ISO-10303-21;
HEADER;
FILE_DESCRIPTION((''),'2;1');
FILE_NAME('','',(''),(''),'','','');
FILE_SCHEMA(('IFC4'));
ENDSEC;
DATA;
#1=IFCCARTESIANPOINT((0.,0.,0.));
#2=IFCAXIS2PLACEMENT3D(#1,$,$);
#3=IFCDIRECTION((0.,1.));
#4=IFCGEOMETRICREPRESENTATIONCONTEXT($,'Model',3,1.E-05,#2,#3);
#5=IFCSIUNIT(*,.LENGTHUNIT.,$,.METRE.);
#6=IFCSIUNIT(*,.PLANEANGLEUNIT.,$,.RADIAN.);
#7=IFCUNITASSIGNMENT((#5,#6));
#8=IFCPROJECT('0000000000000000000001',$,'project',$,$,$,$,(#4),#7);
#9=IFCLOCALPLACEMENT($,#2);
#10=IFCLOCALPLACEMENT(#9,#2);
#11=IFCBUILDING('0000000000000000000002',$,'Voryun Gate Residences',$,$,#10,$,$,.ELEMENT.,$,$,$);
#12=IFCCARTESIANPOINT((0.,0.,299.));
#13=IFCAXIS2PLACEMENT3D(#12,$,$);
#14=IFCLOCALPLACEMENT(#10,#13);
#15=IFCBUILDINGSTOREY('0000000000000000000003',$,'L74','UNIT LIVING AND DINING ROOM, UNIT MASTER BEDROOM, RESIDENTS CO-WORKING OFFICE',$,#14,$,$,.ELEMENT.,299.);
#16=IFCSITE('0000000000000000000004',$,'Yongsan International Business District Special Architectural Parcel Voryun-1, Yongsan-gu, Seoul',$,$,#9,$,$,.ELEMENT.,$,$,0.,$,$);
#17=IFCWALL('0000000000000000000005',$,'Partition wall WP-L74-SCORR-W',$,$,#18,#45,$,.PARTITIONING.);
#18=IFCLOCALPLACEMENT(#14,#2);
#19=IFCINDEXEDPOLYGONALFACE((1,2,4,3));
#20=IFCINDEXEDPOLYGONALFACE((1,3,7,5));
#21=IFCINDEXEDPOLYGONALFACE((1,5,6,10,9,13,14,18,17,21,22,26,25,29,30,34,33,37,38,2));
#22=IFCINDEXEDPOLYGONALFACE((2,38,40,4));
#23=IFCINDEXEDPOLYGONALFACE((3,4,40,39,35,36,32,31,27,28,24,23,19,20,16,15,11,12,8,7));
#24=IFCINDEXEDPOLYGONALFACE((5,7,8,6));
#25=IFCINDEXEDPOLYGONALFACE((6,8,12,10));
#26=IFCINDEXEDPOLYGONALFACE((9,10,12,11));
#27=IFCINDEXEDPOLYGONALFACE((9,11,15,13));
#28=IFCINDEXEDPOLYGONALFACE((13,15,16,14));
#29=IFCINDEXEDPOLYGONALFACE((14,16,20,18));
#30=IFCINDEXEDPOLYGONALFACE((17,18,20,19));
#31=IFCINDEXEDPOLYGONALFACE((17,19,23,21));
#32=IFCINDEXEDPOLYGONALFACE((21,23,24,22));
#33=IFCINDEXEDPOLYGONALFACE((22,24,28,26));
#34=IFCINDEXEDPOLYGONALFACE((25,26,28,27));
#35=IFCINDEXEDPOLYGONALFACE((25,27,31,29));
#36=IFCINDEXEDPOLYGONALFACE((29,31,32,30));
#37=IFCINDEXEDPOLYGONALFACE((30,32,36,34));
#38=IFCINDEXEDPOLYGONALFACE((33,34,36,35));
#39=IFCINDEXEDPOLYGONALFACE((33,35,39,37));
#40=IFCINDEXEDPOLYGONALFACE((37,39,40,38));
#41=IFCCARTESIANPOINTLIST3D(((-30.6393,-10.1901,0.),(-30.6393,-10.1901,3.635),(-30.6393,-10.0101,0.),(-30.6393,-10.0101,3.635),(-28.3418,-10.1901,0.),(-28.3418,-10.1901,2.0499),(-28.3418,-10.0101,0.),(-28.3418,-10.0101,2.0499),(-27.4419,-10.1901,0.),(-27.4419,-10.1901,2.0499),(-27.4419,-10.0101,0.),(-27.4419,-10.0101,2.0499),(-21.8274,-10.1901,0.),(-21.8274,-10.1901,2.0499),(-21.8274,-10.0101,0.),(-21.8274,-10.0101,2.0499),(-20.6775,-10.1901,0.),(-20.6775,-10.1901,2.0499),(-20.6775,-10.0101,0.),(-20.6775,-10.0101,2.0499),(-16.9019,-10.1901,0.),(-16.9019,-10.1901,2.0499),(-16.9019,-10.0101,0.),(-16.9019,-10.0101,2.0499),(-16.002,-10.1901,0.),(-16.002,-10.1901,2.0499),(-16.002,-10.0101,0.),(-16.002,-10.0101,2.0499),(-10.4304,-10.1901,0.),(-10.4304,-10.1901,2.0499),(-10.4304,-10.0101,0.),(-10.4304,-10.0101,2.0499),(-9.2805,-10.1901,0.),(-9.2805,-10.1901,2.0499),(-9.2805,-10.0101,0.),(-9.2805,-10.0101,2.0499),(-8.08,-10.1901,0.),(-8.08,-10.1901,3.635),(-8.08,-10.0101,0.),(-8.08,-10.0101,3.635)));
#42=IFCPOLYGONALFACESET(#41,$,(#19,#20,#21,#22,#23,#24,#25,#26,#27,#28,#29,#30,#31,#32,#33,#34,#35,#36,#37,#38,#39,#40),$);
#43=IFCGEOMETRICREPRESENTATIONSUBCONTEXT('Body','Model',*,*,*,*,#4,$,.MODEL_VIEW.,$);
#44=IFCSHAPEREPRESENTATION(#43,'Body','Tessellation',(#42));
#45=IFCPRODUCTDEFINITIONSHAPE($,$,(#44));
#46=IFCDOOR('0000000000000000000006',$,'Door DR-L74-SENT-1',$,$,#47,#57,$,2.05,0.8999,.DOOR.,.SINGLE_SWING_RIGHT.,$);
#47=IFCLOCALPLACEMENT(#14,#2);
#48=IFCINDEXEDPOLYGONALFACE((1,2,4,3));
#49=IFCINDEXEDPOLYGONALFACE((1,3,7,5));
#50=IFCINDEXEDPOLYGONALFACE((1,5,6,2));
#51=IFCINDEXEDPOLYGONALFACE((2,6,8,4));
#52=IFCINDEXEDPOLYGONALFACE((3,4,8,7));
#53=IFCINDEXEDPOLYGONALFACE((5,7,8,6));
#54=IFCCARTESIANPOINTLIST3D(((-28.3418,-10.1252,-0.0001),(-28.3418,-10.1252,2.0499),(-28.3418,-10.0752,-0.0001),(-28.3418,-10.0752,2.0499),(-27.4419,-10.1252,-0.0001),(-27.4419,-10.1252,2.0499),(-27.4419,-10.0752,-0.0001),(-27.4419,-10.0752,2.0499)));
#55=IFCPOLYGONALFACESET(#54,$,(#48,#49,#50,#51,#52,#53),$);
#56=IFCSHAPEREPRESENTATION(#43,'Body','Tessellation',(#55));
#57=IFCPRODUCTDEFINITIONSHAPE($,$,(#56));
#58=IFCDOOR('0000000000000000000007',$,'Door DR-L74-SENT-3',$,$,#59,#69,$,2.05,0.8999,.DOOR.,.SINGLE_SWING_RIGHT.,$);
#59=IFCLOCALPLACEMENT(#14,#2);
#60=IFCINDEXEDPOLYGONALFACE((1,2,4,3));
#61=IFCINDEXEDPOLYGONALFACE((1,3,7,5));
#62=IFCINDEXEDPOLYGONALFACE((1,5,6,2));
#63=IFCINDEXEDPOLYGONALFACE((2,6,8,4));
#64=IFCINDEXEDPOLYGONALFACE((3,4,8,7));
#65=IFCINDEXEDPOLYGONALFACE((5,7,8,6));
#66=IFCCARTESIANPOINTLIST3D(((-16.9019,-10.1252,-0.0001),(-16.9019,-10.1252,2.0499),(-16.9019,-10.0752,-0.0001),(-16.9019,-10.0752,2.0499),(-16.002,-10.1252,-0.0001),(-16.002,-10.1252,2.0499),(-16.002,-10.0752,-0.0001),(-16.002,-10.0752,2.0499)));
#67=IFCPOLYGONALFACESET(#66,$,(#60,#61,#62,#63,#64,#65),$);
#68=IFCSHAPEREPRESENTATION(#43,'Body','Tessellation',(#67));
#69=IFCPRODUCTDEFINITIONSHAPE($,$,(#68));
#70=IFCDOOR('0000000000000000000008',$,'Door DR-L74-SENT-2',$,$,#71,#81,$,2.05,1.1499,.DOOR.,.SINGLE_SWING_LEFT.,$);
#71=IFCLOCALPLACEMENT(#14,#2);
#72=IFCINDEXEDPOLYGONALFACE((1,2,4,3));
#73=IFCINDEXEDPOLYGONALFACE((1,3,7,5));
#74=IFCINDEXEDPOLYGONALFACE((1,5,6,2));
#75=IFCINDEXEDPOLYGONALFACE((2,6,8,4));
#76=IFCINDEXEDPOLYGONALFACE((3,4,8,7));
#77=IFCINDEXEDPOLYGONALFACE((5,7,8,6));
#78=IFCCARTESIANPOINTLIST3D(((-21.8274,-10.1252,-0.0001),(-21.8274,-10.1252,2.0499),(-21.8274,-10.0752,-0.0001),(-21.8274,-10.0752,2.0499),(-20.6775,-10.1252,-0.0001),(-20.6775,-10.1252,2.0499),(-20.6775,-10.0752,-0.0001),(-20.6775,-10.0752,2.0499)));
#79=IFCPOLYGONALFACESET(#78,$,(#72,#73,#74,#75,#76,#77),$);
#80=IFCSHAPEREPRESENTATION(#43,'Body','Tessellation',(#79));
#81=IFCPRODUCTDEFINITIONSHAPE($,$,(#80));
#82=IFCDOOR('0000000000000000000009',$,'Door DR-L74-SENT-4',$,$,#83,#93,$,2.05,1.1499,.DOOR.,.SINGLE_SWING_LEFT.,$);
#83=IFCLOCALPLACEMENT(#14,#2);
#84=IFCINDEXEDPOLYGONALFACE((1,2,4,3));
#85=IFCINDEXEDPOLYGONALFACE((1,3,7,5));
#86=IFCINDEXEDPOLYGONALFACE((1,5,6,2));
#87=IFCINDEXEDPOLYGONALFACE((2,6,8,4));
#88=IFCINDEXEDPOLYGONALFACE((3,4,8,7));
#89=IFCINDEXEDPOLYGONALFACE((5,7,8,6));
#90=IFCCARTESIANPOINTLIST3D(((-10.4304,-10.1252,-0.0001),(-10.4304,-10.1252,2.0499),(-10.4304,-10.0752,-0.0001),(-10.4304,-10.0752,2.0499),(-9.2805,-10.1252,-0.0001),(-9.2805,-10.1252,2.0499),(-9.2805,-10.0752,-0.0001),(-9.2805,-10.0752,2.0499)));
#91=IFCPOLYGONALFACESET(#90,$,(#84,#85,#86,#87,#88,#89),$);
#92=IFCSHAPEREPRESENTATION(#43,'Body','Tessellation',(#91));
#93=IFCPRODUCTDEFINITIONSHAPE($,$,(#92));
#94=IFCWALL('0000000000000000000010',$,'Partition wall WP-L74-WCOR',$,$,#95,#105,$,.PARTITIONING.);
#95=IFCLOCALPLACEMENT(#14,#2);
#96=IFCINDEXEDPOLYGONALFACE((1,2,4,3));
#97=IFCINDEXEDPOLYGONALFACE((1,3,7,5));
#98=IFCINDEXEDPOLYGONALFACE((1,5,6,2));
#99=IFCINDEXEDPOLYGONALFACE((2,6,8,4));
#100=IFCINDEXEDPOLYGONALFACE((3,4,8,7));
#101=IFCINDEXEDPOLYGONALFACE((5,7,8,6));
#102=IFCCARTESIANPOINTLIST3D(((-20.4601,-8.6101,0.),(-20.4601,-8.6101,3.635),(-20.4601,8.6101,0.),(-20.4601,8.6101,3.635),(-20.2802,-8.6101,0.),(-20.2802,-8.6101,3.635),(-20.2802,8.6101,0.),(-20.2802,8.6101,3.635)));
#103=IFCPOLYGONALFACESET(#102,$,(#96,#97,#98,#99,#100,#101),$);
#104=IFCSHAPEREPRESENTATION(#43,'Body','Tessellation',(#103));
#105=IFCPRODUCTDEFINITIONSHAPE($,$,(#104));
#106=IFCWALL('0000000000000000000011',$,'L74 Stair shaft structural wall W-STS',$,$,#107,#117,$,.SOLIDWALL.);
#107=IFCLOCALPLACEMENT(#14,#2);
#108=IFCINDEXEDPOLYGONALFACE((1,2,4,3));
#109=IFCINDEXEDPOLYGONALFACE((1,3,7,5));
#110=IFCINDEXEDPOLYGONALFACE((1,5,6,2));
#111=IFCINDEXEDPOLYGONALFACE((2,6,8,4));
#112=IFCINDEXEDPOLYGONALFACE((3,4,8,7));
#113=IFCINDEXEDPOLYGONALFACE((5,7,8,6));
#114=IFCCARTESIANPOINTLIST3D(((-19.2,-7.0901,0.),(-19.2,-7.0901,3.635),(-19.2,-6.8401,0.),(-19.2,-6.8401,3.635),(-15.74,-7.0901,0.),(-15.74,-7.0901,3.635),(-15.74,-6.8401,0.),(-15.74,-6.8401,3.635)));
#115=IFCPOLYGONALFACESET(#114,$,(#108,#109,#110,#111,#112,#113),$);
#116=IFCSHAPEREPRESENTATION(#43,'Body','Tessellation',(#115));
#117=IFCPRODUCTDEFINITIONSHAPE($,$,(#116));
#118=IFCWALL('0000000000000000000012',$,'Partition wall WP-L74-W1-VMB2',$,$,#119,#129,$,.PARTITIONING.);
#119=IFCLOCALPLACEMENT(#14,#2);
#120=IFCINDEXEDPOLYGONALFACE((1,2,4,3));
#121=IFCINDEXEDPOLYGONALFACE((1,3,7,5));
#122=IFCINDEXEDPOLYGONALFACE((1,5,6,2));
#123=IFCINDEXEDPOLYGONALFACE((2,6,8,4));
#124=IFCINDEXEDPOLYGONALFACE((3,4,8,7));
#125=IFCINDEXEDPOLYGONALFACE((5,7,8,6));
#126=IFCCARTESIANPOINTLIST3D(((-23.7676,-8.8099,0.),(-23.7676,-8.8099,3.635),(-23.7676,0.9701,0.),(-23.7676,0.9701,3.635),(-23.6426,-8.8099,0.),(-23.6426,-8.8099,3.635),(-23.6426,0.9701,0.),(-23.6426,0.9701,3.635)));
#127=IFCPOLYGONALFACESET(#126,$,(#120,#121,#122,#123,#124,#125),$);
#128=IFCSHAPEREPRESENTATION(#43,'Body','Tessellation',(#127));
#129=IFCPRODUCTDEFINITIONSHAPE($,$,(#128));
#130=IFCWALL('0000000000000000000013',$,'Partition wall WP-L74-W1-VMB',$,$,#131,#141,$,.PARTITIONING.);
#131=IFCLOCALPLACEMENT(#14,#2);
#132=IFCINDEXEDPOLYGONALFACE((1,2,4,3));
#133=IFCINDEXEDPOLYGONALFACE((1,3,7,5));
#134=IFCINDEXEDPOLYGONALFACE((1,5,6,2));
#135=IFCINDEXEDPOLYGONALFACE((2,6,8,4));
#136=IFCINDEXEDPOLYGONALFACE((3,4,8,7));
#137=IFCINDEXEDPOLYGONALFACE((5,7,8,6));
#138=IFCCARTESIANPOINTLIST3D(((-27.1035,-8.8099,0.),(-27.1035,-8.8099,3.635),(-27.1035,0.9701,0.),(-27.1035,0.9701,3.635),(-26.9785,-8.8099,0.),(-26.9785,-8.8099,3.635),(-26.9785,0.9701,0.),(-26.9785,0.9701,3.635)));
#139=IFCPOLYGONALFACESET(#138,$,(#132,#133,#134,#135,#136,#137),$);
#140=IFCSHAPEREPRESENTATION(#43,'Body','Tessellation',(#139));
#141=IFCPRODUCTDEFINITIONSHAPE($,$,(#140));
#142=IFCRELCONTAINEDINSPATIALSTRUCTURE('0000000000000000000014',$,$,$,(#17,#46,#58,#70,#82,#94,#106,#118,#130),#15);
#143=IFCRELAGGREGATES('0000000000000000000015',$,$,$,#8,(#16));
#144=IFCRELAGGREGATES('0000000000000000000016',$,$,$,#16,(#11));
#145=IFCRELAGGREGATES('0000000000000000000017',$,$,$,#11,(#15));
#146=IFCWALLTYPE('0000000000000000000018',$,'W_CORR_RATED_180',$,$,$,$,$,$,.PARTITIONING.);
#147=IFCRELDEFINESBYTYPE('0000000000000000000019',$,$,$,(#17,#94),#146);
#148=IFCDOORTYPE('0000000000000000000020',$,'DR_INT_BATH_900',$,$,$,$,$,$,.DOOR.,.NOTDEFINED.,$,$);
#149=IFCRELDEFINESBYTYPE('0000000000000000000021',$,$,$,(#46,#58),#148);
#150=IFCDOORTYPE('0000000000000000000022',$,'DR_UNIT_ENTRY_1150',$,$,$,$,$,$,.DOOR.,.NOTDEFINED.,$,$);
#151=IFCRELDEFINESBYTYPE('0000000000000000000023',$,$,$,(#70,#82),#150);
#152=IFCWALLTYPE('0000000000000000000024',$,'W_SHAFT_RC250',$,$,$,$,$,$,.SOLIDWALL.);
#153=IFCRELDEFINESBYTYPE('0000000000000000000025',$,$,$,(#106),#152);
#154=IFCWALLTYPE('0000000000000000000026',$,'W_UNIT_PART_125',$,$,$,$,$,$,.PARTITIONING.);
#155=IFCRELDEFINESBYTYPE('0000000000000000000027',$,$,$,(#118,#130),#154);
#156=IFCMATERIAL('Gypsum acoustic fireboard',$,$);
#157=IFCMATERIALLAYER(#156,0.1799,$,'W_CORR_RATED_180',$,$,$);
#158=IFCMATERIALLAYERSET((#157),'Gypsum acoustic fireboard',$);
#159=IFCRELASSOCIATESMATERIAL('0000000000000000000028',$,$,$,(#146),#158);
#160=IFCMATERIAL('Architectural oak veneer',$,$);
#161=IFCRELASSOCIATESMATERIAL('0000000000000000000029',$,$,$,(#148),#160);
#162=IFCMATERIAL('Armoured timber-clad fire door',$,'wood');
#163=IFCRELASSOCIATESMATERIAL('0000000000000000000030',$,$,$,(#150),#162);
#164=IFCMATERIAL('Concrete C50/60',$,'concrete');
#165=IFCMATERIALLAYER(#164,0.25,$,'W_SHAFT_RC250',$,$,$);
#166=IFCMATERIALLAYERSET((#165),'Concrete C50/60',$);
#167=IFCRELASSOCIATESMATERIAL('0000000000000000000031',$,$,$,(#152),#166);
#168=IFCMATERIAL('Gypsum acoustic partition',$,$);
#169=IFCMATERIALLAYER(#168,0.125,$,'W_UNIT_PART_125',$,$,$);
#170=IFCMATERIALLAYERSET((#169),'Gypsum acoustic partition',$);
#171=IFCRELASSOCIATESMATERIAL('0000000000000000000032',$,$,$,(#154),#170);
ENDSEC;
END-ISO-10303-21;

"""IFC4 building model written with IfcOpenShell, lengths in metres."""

from ifc_helpers import new_model, si_unit, direction, frame, frame_2d, origin, place, context, subcontext, project, spatial, rectangle, extrude, material, layer, layer_set, type_object, element, fill, save


model = new_model("IFC4")

# Units and contexts
model_context = context("Model", 3, precision=1e-05, world=origin(), true_north=direction((0.0, 1.0)))
body_context = subcontext(model_context, "Body", "Model", "MODEL_VIEW")
ifc_project = project(units=[si_unit("LENGTHUNIT", "METRE"), si_unit("PLANEANGLEUNIT", "RADIAN")], contexts=[model_context])

# Site, building, storey
site_placement = place(None, origin())
site = spatial("IfcSite", under=ifc_project, at=site_placement, Name="Yongsan International Business District Special Architectural Parcel Voryun-1, Yongsan-gu, Seoul", CompositionType="ELEMENT", RefElevation=0.0)
building_placement = place(site_placement, origin())
building = spatial("IfcBuilding", under=site, at=building_placement, Name="Voryun Gate Residences", CompositionType="ELEMENT")
storey_placement = place(building_placement, frame((0.0, 0.0, 299.0)))
storey = spatial("IfcBuildingStorey", under=building, at=storey_placement, Name="L74", Description="UNIT LIVING AND DINING ROOM, UNIT MASTER BEDROOM, RESIDENTS CO-WORKING OFFICE", CompositionType="ELEMENT", Elevation=299.0)

# Shared definitions
ifc_material_1 = material(Name="Gypsum acoustic fireboard")
ifc_layer_1 = layer(ifc_material_1, 0.1799, Name="W_CORR_RATED_180")
ifc_layer_set_1 = layer_set([ifc_layer_1], Name="Gypsum acoustic fireboard")
wall_type_1 = type_object("IfcWallType", Name="W_CORR_RATED_180", PredefinedType="PARTITIONING", material=ifc_layer_set_1)

# Wall, openings, doors
wall_1_placement = place(storey_placement, frame((-30.6394, -10.1001, 0.0), z_axis=(0.0, 0.0, 1.0), x_axis=(1.0, 0.0, 0.0)))
wall_1 = element("IfcWall", 1, at=wall_1_placement, inside=storey, type_object=wall_type_1, Name="Partition wall WP-L74-SCORR-W", PredefinedType="PARTITIONING", context=body_context, shape_type="SweptSolid", body=[
    extrude(rectangle(XDim=22.5593, YDim=0.1799, at=frame_2d((11.2798, 0.0))), origin(), (0.0, 0.0, 1.0), 3.635),
])
opening_1_placement = place(wall_1_placement, frame((2.2976, 0.0, 0.0)))
opening_1 = element("IfcOpeningElement", 2, at=opening_1_placement, cuts=wall_1, PredefinedType="OPENING", context=body_context, shape_type="SweptSolid", body=[
    extrude(rectangle(XDim=0.8999, YDim=2.05, at=frame_2d((0.45, 1.0249))), frame((0.0, 0.0999, 0.0), z_axis=(0.0, -1.0, 0.0), x_axis=(1.0, 0.0, 0.0)), (0.0, 0.0, 1.0), 0.2),
])
opening_2_placement = place(wall_1_placement, frame((8.812, 0.0, 0.0)))
opening_2 = element("IfcOpeningElement", 3, at=opening_2_placement, cuts=wall_1, PredefinedType="OPENING", context=body_context, shape_type="SweptSolid", body=[
    extrude(rectangle(XDim=1.1499, YDim=2.05, at=frame_2d((0.575, 1.0249))), frame((0.0, 0.0999, 0.0), z_axis=(0.0, -1.0, 0.0), x_axis=(1.0, 0.0, 0.0)), (0.0, 0.0, 1.0), 0.2),
])
opening_3_placement = place(wall_1_placement, frame((13.7375, 0.0, 0.0)))
opening_3 = element("IfcOpeningElement", 4, at=opening_3_placement, cuts=wall_1, PredefinedType="OPENING", context=body_context, shape_type="SweptSolid", body=[
    extrude(rectangle(XDim=0.8999, YDim=2.05, at=frame_2d((0.45, 1.0249))), frame((0.0, 0.0999, 0.0), z_axis=(0.0, -1.0, 0.0), x_axis=(1.0, 0.0, 0.0)), (0.0, 0.0, 1.0), 0.2),
])
opening_4_placement = place(wall_1_placement, frame((20.209, 0.0, 0.0)))
opening_4 = element("IfcOpeningElement", 5, at=opening_4_placement, cuts=wall_1, PredefinedType="OPENING", context=body_context, shape_type="SweptSolid", body=[
    extrude(rectangle(XDim=1.1499, YDim=2.05, at=frame_2d((0.575, 1.0249))), frame((0.0, 0.0999, 0.0), z_axis=(0.0, -1.0, 0.0), x_axis=(1.0, 0.0, 0.0)), (0.0, 0.0, 1.0), 0.2),
])
ifc_material_2 = material(Name="Architectural oak veneer")
door_type_1 = type_object("IfcDoorType", Name="DR_INT_BATH_900", OperationType="NOTDEFINED", PredefinedType="DOOR", material=ifc_material_2)
door_1_placement = place(opening_1_placement, origin())
door_1 = element("IfcDoor", 6, at=door_1_placement, inside=storey, type_object=door_type_1, Name="Door DR-L74-SENT-1", OperationType="SINGLE_SWING_RIGHT", OverallHeight=2.05, OverallWidth=0.8999, PredefinedType="DOOR", context=body_context, shape_type="SweptSolid", body=[
    extrude(rectangle(XDim=0.8999, YDim=2.05, at=frame_2d((0.45, 1.0249))), frame((0.0, 0.0249, 0.0), z_axis=(0.0, -1.0, 0.0), x_axis=(1.0, 0.0, 0.0)), (0.0, 0.0, 1.0), 0.05),
])
fill(opening_1, door_1)
door_2_placement = place(opening_3_placement, origin())
door_2 = element("IfcDoor", 7, at=door_2_placement, inside=storey, type_object=door_type_1, Name="Door DR-L74-SENT-3", OperationType="SINGLE_SWING_RIGHT", OverallHeight=2.05, OverallWidth=0.8999, PredefinedType="DOOR", context=body_context, shape_type="SweptSolid", body=[
    extrude(rectangle(XDim=0.8999, YDim=2.05, at=frame_2d((0.45, 1.0249))), frame((0.0, 0.0249, 0.0), z_axis=(0.0, -1.0, 0.0), x_axis=(1.0, 0.0, 0.0)), (0.0, 0.0, 1.0), 0.05),
])
fill(opening_3, door_2)
ifc_material_3 = material(Name="Armoured timber-clad fire door", Category="wood")
door_type_2 = type_object("IfcDoorType", Name="DR_UNIT_ENTRY_1150", OperationType="NOTDEFINED", PredefinedType="DOOR", material=ifc_material_3)
door_3_placement = place(opening_2_placement, origin())
door_3 = element("IfcDoor", 8, at=door_3_placement, inside=storey, type_object=door_type_2, Name="Door DR-L74-SENT-2", OperationType="SINGLE_SWING_LEFT", OverallHeight=2.05, OverallWidth=1.1499, PredefinedType="DOOR", context=body_context, shape_type="SweptSolid", body=[
    extrude(rectangle(XDim=1.1499, YDim=2.05, at=frame_2d((0.575, 1.0249))), frame((0.0, 0.0249, 0.0), z_axis=(0.0, -1.0, 0.0), x_axis=(1.0, 0.0, 0.0)), (0.0, 0.0, 1.0), 0.05),
])
fill(opening_2, door_3)
door_4_placement = place(opening_4_placement, origin())
door_4 = element("IfcDoor", 9, at=door_4_placement, inside=storey, type_object=door_type_2, Name="Door DR-L74-SENT-4", OperationType="SINGLE_SWING_LEFT", OverallHeight=2.05, OverallWidth=1.1499, PredefinedType="DOOR", context=body_context, shape_type="SweptSolid", body=[
    extrude(rectangle(XDim=1.1499, YDim=2.05, at=frame_2d((0.575, 1.0249))), frame((0.0, 0.0249, 0.0), z_axis=(0.0, -1.0, 0.0), x_axis=(1.0, 0.0, 0.0)), (0.0, 0.0, 1.0), 0.05),
])
fill(opening_4, door_4)

# Walls
wall_2_placement = place(storey_placement, frame((-20.3701, -8.6101, 0.0), z_axis=(0.0, 0.0, 1.0), x_axis=(0.0, 1.0, 0.0)))
element("IfcWall", 10, at=wall_2_placement, inside=storey, type_object=wall_type_1, Name="Partition wall WP-L74-WCOR", PredefinedType="PARTITIONING", context=body_context, shape_type="SweptSolid", body=[
    extrude(rectangle(XDim=17.2202, YDim=0.1799, at=frame_2d((8.6101, 0.0))), origin(), (0.0, 0.0, 1.0), 3.635),
])
ifc_material_4 = material(Name="Concrete C50/60", Category="concrete")
ifc_layer_2 = layer(ifc_material_4, 0.25, Name="W_SHAFT_RC250")
ifc_layer_set_2 = layer_set([ifc_layer_2], Name="Concrete C50/60")
wall_type_2 = type_object("IfcWallType", Name="W_SHAFT_RC250", PredefinedType="SOLIDWALL", material=ifc_layer_set_2)
wall_3_placement = place(storey_placement, frame((-19.2, -6.9651, 0.0), z_axis=(0.0, 0.0, 1.0), x_axis=(1.0, 0.0, 0.0)))
element("IfcWall", 11, at=wall_3_placement, inside=storey, type_object=wall_type_2, Name="L74 Stair shaft structural wall W-STS", PredefinedType="SOLIDWALL", context=body_context, shape_type="SweptSolid", body=[
    extrude(rectangle(XDim=3.46, YDim=0.25, at=frame_2d((1.73, 0.0))), origin(), (0.0, 0.0, 1.0), 3.635),
])
ifc_material_5 = material(Name="Gypsum acoustic partition")
ifc_layer_3 = layer(ifc_material_5, 0.125, Name="W_UNIT_PART_125")
ifc_layer_set_3 = layer_set([ifc_layer_3], Name="Gypsum acoustic partition")
wall_type_3 = type_object("IfcWallType", Name="W_UNIT_PART_125", PredefinedType="PARTITIONING", material=ifc_layer_set_3)
for number, where, z_axis, x_axis, name in (
    (12, (-23.7051, -8.8101, 0.0), (0.0, 0.0, 1.0), (0.0, 1.0, 0.0), "Partition wall WP-L74-W1-VMB2"),
    (13, (-27.041, -8.8101, 0.0), (0.0, 0.0, 1.0), (0.0, 1.0, 0.0), "Partition wall WP-L74-W1-VMB"),
):
    element("IfcWall", number, at=place(storey_placement, frame(where, z_axis=z_axis, x_axis=x_axis)), inside=storey, type_object=wall_type_3, Name=name, PredefinedType="PARTITIONING", context=body_context, shape_type="SweptSolid", body=[
        extrude(rectangle(XDim=9.78, YDim=0.125, at=frame_2d((4.8901, 0.0))), origin(), (0.0, 0.0, 1.0), 3.635),
    ])

save(model, "model.ifc")
